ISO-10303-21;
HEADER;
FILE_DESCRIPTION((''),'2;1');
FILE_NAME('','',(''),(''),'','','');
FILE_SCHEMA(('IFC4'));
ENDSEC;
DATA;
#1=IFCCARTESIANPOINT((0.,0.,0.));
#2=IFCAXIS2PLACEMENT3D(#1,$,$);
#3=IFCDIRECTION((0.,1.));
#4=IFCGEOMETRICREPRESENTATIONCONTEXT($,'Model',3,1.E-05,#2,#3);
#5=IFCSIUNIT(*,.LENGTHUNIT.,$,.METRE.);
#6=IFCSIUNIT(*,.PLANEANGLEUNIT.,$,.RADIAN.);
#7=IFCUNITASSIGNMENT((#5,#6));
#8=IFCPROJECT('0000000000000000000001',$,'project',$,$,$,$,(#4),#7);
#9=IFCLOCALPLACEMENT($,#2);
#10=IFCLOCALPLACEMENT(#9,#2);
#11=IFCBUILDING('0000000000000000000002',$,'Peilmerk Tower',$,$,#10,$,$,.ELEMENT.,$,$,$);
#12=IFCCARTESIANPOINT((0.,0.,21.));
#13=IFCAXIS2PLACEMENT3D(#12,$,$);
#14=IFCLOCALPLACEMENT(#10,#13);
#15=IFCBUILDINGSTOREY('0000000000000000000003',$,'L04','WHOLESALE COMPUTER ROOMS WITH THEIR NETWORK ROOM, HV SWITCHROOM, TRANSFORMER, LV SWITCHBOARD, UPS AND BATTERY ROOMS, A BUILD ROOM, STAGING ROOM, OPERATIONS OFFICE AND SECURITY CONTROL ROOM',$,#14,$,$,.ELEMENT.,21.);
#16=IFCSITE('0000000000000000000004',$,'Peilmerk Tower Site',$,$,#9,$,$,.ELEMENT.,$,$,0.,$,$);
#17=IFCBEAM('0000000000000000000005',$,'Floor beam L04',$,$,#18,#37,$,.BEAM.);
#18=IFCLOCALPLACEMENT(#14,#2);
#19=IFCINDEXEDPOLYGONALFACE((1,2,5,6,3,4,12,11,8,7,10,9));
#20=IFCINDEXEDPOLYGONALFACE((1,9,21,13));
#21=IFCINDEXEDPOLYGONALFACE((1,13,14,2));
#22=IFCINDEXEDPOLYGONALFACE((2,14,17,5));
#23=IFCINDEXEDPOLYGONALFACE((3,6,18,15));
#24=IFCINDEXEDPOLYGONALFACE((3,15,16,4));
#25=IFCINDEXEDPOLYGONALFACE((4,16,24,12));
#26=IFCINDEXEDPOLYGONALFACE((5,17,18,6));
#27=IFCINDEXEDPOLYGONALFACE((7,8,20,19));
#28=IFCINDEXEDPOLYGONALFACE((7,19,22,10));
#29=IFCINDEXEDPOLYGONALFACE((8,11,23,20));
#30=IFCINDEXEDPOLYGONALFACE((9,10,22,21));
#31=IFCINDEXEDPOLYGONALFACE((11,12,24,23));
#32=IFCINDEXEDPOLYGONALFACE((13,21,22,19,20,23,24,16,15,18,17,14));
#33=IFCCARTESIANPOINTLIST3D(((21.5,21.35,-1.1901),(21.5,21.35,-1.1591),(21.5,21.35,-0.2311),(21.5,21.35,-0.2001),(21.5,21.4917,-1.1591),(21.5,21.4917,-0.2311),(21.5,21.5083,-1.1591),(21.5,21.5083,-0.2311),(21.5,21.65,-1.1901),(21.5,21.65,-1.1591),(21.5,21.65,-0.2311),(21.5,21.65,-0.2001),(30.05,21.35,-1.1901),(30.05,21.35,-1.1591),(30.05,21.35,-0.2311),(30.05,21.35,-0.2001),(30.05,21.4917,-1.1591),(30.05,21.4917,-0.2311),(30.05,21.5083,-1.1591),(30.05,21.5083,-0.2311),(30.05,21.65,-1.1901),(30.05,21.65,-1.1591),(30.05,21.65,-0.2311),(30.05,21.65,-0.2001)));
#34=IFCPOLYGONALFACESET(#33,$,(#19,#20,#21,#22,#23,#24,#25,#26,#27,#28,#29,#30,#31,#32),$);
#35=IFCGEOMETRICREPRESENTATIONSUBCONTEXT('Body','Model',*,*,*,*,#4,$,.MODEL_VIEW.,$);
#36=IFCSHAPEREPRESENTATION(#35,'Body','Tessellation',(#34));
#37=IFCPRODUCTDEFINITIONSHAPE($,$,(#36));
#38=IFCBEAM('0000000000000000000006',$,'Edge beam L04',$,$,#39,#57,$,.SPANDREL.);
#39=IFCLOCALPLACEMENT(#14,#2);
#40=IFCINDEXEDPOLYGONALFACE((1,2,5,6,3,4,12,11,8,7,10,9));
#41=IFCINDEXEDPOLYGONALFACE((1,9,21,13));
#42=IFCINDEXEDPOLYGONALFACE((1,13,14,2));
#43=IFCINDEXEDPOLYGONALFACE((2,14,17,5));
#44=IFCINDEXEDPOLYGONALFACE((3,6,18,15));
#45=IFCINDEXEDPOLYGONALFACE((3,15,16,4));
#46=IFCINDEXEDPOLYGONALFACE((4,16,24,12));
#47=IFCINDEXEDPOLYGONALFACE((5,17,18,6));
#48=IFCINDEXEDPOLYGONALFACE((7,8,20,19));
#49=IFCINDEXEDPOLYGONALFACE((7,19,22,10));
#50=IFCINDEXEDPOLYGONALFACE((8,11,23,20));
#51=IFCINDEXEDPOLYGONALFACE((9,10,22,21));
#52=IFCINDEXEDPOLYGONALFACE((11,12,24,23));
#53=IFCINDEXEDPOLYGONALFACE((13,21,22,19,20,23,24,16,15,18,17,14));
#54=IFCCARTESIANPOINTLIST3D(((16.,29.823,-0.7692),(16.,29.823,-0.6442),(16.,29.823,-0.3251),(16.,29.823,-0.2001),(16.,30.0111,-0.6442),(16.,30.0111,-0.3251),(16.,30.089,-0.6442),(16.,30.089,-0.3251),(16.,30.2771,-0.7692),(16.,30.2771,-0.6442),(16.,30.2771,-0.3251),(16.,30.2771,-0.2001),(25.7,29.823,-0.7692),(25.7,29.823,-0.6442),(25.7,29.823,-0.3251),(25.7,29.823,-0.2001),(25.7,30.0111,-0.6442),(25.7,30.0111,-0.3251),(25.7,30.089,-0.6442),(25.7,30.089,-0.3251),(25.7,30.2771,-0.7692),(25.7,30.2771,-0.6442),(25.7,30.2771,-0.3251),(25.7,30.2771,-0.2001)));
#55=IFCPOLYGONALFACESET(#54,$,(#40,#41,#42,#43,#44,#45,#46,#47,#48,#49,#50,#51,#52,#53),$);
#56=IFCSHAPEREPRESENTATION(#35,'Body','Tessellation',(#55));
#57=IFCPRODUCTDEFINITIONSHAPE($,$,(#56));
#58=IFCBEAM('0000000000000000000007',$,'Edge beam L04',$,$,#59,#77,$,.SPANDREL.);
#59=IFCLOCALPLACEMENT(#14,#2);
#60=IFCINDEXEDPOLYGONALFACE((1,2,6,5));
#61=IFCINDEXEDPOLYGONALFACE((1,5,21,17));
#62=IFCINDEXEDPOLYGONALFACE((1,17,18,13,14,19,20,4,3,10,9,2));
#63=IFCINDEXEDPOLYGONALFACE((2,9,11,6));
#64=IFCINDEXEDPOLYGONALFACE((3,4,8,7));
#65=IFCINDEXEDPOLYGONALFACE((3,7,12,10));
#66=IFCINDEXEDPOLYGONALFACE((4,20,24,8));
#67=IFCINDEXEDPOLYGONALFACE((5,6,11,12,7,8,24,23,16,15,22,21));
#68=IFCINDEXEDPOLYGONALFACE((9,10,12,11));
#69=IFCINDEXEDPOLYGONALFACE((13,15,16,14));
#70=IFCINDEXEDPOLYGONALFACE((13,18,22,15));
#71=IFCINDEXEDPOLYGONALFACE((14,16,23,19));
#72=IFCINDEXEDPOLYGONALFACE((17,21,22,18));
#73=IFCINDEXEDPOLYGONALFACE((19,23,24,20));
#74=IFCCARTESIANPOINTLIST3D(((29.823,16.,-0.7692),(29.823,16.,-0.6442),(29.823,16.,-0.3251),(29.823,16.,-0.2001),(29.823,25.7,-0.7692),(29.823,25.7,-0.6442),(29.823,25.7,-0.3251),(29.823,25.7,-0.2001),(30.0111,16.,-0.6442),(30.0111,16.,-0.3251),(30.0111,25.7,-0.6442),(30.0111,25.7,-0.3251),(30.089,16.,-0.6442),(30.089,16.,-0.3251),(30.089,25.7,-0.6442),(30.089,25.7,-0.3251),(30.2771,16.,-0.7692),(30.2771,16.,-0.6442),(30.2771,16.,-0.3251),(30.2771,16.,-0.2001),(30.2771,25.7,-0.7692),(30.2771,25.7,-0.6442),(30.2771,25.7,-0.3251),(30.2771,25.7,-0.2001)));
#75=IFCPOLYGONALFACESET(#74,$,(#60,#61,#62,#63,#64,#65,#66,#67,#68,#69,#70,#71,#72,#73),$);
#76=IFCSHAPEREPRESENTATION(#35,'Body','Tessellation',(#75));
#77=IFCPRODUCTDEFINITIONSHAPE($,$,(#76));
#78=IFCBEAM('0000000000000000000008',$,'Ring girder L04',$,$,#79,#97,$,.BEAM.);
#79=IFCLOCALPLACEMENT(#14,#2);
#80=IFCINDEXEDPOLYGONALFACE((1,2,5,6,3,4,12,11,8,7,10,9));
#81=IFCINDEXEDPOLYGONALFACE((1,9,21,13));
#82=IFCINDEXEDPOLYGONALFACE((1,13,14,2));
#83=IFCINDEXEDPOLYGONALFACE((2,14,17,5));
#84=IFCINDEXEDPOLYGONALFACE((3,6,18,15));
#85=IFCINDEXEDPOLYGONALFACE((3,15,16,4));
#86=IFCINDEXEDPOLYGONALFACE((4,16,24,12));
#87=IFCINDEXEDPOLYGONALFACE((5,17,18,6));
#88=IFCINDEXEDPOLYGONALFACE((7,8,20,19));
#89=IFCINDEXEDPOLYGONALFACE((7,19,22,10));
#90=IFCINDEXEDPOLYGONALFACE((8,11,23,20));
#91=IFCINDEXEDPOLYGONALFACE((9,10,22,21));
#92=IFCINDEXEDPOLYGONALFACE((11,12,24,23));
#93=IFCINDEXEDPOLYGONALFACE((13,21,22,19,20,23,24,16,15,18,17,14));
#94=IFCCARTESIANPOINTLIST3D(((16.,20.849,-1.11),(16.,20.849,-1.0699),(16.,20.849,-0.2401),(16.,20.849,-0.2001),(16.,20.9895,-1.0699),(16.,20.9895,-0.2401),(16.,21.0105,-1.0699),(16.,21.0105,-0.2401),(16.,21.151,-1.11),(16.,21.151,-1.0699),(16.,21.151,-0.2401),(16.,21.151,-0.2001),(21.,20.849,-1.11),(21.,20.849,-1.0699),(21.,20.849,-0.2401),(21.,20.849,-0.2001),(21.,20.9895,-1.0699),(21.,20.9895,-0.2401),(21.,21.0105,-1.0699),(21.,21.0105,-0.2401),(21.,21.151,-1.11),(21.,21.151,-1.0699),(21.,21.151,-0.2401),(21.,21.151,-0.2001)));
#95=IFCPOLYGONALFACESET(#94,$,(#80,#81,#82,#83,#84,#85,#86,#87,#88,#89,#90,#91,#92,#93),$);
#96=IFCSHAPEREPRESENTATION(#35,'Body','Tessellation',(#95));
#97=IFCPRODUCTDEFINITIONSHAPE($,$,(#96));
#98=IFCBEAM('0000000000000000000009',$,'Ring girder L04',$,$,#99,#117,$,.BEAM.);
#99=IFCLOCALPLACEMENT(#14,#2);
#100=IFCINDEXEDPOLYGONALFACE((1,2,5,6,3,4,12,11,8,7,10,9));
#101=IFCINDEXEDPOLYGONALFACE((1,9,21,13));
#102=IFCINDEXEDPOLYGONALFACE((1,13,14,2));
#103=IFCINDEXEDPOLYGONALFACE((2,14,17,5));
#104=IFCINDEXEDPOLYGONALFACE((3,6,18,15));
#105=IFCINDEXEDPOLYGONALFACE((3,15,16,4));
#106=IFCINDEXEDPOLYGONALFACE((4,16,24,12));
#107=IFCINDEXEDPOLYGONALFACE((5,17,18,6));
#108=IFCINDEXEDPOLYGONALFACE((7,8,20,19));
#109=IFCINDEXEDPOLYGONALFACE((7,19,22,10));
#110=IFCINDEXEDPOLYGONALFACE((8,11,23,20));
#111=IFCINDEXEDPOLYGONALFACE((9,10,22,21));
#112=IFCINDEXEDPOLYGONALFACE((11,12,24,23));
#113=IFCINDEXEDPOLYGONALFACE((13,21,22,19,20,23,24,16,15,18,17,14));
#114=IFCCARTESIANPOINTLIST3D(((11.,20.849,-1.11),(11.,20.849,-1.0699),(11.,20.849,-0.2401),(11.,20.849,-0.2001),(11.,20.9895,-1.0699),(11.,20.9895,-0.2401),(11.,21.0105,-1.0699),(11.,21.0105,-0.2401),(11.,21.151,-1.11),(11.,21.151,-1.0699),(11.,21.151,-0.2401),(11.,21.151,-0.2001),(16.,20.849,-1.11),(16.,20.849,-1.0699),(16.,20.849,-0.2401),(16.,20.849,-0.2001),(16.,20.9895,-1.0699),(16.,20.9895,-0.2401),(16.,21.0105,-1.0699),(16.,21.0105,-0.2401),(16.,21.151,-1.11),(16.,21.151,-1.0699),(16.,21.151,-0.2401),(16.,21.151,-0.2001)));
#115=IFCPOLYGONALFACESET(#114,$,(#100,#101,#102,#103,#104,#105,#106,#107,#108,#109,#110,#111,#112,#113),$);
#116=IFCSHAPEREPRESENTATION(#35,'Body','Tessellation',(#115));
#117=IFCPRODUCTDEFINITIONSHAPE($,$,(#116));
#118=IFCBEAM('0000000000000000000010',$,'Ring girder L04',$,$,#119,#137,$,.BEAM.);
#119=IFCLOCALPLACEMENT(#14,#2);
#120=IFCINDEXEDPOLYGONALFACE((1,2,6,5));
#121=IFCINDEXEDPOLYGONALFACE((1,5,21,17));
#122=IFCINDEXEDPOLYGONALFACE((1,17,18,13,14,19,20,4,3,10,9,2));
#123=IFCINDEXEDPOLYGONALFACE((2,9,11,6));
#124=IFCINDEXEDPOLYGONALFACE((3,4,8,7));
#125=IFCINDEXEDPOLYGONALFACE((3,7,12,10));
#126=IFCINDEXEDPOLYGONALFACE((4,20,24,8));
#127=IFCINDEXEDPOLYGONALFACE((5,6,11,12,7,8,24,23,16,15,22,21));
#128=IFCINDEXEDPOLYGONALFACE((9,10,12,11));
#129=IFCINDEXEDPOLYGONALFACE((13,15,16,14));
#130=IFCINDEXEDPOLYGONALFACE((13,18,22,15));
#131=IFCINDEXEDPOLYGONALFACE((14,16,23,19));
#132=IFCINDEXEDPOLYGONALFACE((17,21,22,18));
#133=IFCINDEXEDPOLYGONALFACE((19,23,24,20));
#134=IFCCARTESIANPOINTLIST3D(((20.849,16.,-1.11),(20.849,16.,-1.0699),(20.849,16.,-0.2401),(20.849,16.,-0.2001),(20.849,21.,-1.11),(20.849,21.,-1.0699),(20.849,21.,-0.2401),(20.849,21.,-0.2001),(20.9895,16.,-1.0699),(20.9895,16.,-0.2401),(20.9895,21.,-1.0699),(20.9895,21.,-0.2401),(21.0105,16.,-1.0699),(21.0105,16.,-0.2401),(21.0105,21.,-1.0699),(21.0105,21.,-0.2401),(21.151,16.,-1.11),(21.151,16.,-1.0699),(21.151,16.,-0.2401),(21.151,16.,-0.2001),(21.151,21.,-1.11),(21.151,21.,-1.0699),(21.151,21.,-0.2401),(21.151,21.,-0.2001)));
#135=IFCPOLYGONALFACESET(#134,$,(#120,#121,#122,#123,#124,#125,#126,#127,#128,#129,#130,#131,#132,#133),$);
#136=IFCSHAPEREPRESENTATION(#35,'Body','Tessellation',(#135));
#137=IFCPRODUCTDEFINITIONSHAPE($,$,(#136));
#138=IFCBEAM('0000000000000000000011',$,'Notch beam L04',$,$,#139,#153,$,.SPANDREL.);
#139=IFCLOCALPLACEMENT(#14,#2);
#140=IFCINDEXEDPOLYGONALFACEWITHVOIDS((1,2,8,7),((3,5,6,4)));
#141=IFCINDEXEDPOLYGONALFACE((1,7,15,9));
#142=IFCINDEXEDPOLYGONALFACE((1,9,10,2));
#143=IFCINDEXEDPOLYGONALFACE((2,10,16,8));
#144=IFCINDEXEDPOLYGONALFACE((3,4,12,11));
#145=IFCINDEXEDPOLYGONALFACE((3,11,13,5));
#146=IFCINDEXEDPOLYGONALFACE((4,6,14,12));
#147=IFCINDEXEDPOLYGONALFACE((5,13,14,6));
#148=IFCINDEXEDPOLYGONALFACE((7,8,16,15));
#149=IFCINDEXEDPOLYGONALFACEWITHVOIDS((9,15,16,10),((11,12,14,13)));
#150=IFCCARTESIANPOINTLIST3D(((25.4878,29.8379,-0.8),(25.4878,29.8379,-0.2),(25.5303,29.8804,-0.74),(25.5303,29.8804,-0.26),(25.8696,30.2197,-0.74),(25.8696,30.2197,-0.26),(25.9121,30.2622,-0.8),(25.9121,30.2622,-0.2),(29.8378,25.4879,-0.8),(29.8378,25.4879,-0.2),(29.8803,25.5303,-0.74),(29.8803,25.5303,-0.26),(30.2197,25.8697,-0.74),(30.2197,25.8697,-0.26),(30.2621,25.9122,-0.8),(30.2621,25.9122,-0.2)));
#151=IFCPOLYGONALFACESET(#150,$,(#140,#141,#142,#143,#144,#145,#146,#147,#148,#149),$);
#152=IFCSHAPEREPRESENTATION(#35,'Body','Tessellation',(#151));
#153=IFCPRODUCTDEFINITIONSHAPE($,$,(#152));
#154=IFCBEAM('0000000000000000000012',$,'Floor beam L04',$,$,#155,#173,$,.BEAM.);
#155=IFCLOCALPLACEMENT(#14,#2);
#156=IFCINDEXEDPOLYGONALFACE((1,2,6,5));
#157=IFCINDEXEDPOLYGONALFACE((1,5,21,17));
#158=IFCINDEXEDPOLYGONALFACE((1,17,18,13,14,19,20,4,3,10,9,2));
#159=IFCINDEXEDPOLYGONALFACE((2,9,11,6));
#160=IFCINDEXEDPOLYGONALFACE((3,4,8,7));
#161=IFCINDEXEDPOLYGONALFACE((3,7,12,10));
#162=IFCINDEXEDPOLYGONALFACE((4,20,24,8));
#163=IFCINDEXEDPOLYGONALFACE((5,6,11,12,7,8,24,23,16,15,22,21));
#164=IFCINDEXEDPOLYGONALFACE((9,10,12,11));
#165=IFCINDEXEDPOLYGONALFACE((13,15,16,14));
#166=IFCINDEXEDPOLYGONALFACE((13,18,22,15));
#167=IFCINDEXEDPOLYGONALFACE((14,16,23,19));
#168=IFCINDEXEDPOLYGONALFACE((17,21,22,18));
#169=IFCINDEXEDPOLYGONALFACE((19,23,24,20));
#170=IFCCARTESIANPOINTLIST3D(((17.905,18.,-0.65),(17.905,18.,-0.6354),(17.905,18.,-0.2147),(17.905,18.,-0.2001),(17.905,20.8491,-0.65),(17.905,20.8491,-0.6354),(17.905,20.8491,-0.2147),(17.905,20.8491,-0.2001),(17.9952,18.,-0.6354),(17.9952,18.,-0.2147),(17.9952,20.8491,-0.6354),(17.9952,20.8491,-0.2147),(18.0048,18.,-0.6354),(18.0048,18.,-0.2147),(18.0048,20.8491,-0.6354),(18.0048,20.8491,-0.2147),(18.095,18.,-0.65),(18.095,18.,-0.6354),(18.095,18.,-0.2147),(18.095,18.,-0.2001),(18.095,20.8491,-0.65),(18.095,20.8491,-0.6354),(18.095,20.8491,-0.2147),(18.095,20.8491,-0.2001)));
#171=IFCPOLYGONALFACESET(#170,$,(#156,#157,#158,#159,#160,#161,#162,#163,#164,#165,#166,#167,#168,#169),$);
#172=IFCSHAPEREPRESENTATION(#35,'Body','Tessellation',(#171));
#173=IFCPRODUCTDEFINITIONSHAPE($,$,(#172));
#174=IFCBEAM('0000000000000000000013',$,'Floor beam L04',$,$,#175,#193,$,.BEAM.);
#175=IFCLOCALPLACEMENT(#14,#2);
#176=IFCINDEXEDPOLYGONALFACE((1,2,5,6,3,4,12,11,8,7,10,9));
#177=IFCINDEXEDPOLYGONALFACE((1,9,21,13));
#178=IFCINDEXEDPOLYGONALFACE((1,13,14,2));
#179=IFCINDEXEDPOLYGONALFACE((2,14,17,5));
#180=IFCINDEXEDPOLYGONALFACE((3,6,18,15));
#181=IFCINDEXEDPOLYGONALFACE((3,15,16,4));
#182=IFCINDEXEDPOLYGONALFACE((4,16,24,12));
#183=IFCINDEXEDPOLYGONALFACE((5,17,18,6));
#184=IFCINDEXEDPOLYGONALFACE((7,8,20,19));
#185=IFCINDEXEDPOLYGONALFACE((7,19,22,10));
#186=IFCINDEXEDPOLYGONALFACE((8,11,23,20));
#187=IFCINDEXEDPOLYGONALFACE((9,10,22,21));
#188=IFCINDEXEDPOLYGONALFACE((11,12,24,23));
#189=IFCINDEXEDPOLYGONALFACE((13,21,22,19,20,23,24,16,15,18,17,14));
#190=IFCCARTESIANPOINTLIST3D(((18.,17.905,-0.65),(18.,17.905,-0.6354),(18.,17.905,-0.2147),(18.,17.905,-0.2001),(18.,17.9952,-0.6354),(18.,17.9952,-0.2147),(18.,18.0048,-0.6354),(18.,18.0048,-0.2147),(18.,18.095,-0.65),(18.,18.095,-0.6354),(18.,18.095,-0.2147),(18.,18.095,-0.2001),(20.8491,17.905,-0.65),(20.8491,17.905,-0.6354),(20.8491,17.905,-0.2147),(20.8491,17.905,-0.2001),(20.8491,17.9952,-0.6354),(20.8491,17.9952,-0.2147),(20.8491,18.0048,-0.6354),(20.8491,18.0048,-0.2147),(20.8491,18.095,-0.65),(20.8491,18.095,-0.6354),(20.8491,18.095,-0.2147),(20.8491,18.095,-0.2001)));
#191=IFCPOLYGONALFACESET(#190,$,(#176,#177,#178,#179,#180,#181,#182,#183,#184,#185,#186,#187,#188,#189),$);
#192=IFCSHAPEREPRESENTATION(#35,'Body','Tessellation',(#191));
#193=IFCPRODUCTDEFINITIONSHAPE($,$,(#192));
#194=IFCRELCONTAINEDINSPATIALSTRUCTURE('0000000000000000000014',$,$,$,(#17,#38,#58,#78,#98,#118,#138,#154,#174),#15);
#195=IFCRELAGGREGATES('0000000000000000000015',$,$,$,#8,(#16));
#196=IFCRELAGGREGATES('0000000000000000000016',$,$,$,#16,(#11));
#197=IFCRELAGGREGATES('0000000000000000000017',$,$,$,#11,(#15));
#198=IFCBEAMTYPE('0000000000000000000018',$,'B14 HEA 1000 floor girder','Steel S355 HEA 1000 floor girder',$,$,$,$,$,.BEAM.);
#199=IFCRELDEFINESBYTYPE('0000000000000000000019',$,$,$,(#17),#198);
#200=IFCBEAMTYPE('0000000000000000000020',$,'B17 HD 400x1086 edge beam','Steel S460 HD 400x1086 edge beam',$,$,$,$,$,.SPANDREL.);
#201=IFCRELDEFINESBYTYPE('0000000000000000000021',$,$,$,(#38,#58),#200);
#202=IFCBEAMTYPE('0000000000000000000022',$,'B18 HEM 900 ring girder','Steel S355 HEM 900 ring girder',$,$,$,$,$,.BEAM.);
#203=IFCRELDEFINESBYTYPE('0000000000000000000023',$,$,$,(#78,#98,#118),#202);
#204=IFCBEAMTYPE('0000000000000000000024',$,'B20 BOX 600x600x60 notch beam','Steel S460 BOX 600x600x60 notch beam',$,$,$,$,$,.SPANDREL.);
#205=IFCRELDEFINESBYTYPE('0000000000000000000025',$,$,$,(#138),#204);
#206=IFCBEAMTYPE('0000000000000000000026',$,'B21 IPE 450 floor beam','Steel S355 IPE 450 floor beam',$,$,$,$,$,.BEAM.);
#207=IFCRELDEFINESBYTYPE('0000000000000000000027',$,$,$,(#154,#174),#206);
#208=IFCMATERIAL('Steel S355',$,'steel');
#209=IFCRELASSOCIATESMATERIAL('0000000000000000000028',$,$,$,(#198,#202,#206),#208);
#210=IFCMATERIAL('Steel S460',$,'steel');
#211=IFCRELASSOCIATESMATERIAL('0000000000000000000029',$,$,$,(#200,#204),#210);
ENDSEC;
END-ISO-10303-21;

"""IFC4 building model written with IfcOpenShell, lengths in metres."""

from ifc_helpers import new_model, si_unit, direction, frame, origin, origin_2d, place, context, subcontext, project, spatial, hollow_rectangle, i_section, extrude, material, material_profile, profile_set, type_object, element, save


model = new_model("IFC4")

# Units and contexts
model_context = context("Model", 3, precision=1e-05, world=origin(), true_north=direction((0.0, 1.0)))
body_context = subcontext(model_context, "Body", "Model", "MODEL_VIEW")
ifc_project = project(units=[si_unit("LENGTHUNIT", "METRE"), si_unit("PLANEANGLEUNIT", "RADIAN")], contexts=[model_context])

# Site, building, storey
site_placement = place(None, origin())
site = spatial("IfcSite", under=ifc_project, at=site_placement, Name="Peilmerk Tower Site", CompositionType="ELEMENT", RefElevation=0.0)
building_placement = place(site_placement, origin())
building = spatial("IfcBuilding", under=site, at=building_placement, Name="Peilmerk Tower", CompositionType="ELEMENT")
storey_placement = place(building_placement, frame((0.0, 0.0, 21.0)))
storey = spatial("IfcBuildingStorey", under=building, at=storey_placement, Name="L04", Description="WHOLESALE COMPUTER ROOMS WITH THEIR NETWORK ROOM, HV SWITCHROOM, TRANSFORMER, LV SWITCHBOARD, UPS AND BATTERY ROOMS, A BUILD ROOM, STAGING ROOM, OPERATIONS OFFICE AND SECURITY CONTROL ROOM", CompositionType="ELEMENT", Elevation=21.0)

# Beams
ifc_material_1 = material(Name="Steel S355", Category="steel")
ifc_material_profile_1 = material_profile(ifc_material_1, i_section(OverallWidth=0.3, OverallDepth=0.99, WebThickness=0.0166, FlangeThickness=0.031, at=origin_2d()), Name="HEA 1000")
ifc_profile_set_1 = profile_set([ifc_material_profile_1], Name="Steel S355")
beam_type_1 = type_object("IfcBeamType", Name="B14 HEA 1000 floor girder", Description="Steel S355 HEA 1000 floor girder", PredefinedType="BEAM", material=ifc_profile_set_1)
for number, where, z_axis, x_axis, name in (
    (1, (21.5, 21.5, -0.6951), (1.0, 0.0, 0.0), (0.0, 1.0, 0.0), "Floor beam L04"),
):
    element("IfcBeam", number, at=place(storey_placement, frame(where, z_axis=z_axis, x_axis=x_axis)), inside=storey, type_object=beam_type_1, Name=name, PredefinedType="BEAM", context=body_context, shape_type="SweptSolid", body=[
        extrude(i_section(OverallWidth=0.3, OverallDepth=0.99, WebThickness=0.0166, FlangeThickness=0.031, at=origin_2d()), origin(), (0.0, 0.0, 1.0), 8.55),
    ])
ifc_material_2 = material(Name="Steel S460", Category="steel")
ifc_material_profile_2 = material_profile(ifc_material_2, i_section(OverallWidth=0.4541, OverallDepth=0.5691, WebThickness=0.0779, FlangeThickness=0.125, at=origin_2d()), Name="HD 400x1086")
ifc_profile_set_2 = profile_set([ifc_material_profile_2], Name="Steel S460")
beam_type_2 = type_object("IfcBeamType", Name="B17 HD 400x1086 edge beam", Description="Steel S460 HD 400x1086 edge beam", PredefinedType="SPANDREL", material=ifc_profile_set_2)
for number, where, z_axis, x_axis, name in (
    (2, (25.7, 30.05, -0.4846), (-1.0, 0.0, 0.0), (0.0, -1.0, 0.0), "Edge beam L04"),
    (3, (30.05, 16.0, -0.4846), (0.0, 1.0, 0.0), (-1.0, 0.0, 0.0), "Edge beam L04"),
):
    element("IfcBeam", number, at=place(storey_placement, frame(where, z_axis=z_axis, x_axis=x_axis)), inside=storey, type_object=beam_type_2, Name=name, PredefinedType="SPANDREL", context=body_context, shape_type="SweptSolid", body=[
        extrude(i_section(OverallWidth=0.4541, OverallDepth=0.5691, WebThickness=0.0779, FlangeThickness=0.125, at=origin_2d()), origin(), (0.0, 0.0, 1.0), 9.7),
    ])
ifc_material_profile_3 = material_profile(ifc_material_1, i_section(OverallWidth=0.302, OverallDepth=0.9099, WebThickness=0.021, FlangeThickness=0.04, at=origin_2d()), Name="HEM 900")
ifc_profile_set_3 = profile_set([ifc_material_profile_3], Name="Steel S355")
beam_type_3 = type_object("IfcBeamType", Name="B18 HEM 900 ring girder", Description="Steel S355 HEM 900 ring girder", PredefinedType="BEAM", material=ifc_profile_set_3)
for number, where, z_axis, x_axis, name in (
    (4, (21.0, 21.0, -0.655), (-1.0, 0.0, 0.0), (0.0, -1.0, 0.0), "Ring girder L04"),
    (5, (16.0, 21.0, -0.655), (-1.0, 0.0, 0.0), (0.0, -1.0, 0.0), "Ring girder L04"),
    (6, (21.0, 16.0, -0.655), (0.0, 1.0, 0.0), (-1.0, 0.0, 0.0), "Ring girder L04"),
):
    element("IfcBeam", number, at=place(storey_placement, frame(where, z_axis=z_axis, x_axis=x_axis)), inside=storey, type_object=beam_type_3, Name=name, PredefinedType="BEAM", context=body_context, shape_type="SweptSolid", body=[
        extrude(i_section(OverallWidth=0.302, OverallDepth=0.9099, WebThickness=0.021, FlangeThickness=0.04, at=origin_2d()), origin(), (0.0, 0.0, 1.0), 5.0),
    ])
ifc_material_profile_4 = material_profile(ifc_material_2, hollow_rectangle(XDim=0.6001, YDim=0.6001, WallThickness=0.0601, at=origin_2d()), Name="BOX 600x600x60")
ifc_profile_set_4 = profile_set([ifc_material_profile_4], Name="Steel S460")
beam_type_4 = type_object("IfcBeamType", Name="B20 BOX 600x600x60 notch beam", Description="Steel S460 BOX 600x600x60 notch beam", PredefinedType="SPANDREL", material=ifc_profile_set_4)
beam_1_placement = place(storey_placement, frame((25.7, 30.05, -0.5), z_axis=(0.707107, -0.707107, 0.0), x_axis=(0.707107, 0.707107, 0.0)))
element("IfcBeam", 7, at=beam_1_placement, inside=storey, type_object=beam_type_4, Name="Notch beam L04", PredefinedType="SPANDREL", context=body_context, shape_type="SweptSolid", body=[
    extrude(hollow_rectangle(XDim=0.6001, YDim=0.6001, WallThickness=0.0601, at=origin_2d()), origin(), (0.0, 0.0, 1.0), 6.1519),
])
ifc_material_profile_5 = material_profile(ifc_material_1, i_section(OverallWidth=0.1899, OverallDepth=0.45, WebThickness=0.0095, FlangeThickness=0.0146, at=origin_2d()), Name="IPE 450")
ifc_profile_set_5 = profile_set([ifc_material_profile_5], Name="Steel S355")
beam_type_5 = type_object("IfcBeamType", Name="B21 IPE 450 floor beam", Description="Steel S355 IPE 450 floor beam", PredefinedType="BEAM", material=ifc_profile_set_5)
for number, where, z_axis, x_axis, name in (
    (8, (18.0, 18.0, -0.425), (0.0, 1.0, 0.0), (-1.0, 0.0, 0.0), "Floor beam L04"),
    (9, (18.0, 18.0, -0.425), (1.0, 0.0, 0.0), (0.0, 1.0, 0.0), "Floor beam L04"),
):
    element("IfcBeam", number, at=place(storey_placement, frame(where, z_axis=z_axis, x_axis=x_axis)), inside=storey, type_object=beam_type_5, Name=name, PredefinedType="BEAM", context=body_context, shape_type="SweptSolid", body=[
        extrude(i_section(OverallWidth=0.1899, OverallDepth=0.45, WebThickness=0.0095, FlangeThickness=0.0146, at=origin_2d()), origin(), (0.0, 0.0, 1.0), 2.8491),
    ])

save(model, "model.ifc")
